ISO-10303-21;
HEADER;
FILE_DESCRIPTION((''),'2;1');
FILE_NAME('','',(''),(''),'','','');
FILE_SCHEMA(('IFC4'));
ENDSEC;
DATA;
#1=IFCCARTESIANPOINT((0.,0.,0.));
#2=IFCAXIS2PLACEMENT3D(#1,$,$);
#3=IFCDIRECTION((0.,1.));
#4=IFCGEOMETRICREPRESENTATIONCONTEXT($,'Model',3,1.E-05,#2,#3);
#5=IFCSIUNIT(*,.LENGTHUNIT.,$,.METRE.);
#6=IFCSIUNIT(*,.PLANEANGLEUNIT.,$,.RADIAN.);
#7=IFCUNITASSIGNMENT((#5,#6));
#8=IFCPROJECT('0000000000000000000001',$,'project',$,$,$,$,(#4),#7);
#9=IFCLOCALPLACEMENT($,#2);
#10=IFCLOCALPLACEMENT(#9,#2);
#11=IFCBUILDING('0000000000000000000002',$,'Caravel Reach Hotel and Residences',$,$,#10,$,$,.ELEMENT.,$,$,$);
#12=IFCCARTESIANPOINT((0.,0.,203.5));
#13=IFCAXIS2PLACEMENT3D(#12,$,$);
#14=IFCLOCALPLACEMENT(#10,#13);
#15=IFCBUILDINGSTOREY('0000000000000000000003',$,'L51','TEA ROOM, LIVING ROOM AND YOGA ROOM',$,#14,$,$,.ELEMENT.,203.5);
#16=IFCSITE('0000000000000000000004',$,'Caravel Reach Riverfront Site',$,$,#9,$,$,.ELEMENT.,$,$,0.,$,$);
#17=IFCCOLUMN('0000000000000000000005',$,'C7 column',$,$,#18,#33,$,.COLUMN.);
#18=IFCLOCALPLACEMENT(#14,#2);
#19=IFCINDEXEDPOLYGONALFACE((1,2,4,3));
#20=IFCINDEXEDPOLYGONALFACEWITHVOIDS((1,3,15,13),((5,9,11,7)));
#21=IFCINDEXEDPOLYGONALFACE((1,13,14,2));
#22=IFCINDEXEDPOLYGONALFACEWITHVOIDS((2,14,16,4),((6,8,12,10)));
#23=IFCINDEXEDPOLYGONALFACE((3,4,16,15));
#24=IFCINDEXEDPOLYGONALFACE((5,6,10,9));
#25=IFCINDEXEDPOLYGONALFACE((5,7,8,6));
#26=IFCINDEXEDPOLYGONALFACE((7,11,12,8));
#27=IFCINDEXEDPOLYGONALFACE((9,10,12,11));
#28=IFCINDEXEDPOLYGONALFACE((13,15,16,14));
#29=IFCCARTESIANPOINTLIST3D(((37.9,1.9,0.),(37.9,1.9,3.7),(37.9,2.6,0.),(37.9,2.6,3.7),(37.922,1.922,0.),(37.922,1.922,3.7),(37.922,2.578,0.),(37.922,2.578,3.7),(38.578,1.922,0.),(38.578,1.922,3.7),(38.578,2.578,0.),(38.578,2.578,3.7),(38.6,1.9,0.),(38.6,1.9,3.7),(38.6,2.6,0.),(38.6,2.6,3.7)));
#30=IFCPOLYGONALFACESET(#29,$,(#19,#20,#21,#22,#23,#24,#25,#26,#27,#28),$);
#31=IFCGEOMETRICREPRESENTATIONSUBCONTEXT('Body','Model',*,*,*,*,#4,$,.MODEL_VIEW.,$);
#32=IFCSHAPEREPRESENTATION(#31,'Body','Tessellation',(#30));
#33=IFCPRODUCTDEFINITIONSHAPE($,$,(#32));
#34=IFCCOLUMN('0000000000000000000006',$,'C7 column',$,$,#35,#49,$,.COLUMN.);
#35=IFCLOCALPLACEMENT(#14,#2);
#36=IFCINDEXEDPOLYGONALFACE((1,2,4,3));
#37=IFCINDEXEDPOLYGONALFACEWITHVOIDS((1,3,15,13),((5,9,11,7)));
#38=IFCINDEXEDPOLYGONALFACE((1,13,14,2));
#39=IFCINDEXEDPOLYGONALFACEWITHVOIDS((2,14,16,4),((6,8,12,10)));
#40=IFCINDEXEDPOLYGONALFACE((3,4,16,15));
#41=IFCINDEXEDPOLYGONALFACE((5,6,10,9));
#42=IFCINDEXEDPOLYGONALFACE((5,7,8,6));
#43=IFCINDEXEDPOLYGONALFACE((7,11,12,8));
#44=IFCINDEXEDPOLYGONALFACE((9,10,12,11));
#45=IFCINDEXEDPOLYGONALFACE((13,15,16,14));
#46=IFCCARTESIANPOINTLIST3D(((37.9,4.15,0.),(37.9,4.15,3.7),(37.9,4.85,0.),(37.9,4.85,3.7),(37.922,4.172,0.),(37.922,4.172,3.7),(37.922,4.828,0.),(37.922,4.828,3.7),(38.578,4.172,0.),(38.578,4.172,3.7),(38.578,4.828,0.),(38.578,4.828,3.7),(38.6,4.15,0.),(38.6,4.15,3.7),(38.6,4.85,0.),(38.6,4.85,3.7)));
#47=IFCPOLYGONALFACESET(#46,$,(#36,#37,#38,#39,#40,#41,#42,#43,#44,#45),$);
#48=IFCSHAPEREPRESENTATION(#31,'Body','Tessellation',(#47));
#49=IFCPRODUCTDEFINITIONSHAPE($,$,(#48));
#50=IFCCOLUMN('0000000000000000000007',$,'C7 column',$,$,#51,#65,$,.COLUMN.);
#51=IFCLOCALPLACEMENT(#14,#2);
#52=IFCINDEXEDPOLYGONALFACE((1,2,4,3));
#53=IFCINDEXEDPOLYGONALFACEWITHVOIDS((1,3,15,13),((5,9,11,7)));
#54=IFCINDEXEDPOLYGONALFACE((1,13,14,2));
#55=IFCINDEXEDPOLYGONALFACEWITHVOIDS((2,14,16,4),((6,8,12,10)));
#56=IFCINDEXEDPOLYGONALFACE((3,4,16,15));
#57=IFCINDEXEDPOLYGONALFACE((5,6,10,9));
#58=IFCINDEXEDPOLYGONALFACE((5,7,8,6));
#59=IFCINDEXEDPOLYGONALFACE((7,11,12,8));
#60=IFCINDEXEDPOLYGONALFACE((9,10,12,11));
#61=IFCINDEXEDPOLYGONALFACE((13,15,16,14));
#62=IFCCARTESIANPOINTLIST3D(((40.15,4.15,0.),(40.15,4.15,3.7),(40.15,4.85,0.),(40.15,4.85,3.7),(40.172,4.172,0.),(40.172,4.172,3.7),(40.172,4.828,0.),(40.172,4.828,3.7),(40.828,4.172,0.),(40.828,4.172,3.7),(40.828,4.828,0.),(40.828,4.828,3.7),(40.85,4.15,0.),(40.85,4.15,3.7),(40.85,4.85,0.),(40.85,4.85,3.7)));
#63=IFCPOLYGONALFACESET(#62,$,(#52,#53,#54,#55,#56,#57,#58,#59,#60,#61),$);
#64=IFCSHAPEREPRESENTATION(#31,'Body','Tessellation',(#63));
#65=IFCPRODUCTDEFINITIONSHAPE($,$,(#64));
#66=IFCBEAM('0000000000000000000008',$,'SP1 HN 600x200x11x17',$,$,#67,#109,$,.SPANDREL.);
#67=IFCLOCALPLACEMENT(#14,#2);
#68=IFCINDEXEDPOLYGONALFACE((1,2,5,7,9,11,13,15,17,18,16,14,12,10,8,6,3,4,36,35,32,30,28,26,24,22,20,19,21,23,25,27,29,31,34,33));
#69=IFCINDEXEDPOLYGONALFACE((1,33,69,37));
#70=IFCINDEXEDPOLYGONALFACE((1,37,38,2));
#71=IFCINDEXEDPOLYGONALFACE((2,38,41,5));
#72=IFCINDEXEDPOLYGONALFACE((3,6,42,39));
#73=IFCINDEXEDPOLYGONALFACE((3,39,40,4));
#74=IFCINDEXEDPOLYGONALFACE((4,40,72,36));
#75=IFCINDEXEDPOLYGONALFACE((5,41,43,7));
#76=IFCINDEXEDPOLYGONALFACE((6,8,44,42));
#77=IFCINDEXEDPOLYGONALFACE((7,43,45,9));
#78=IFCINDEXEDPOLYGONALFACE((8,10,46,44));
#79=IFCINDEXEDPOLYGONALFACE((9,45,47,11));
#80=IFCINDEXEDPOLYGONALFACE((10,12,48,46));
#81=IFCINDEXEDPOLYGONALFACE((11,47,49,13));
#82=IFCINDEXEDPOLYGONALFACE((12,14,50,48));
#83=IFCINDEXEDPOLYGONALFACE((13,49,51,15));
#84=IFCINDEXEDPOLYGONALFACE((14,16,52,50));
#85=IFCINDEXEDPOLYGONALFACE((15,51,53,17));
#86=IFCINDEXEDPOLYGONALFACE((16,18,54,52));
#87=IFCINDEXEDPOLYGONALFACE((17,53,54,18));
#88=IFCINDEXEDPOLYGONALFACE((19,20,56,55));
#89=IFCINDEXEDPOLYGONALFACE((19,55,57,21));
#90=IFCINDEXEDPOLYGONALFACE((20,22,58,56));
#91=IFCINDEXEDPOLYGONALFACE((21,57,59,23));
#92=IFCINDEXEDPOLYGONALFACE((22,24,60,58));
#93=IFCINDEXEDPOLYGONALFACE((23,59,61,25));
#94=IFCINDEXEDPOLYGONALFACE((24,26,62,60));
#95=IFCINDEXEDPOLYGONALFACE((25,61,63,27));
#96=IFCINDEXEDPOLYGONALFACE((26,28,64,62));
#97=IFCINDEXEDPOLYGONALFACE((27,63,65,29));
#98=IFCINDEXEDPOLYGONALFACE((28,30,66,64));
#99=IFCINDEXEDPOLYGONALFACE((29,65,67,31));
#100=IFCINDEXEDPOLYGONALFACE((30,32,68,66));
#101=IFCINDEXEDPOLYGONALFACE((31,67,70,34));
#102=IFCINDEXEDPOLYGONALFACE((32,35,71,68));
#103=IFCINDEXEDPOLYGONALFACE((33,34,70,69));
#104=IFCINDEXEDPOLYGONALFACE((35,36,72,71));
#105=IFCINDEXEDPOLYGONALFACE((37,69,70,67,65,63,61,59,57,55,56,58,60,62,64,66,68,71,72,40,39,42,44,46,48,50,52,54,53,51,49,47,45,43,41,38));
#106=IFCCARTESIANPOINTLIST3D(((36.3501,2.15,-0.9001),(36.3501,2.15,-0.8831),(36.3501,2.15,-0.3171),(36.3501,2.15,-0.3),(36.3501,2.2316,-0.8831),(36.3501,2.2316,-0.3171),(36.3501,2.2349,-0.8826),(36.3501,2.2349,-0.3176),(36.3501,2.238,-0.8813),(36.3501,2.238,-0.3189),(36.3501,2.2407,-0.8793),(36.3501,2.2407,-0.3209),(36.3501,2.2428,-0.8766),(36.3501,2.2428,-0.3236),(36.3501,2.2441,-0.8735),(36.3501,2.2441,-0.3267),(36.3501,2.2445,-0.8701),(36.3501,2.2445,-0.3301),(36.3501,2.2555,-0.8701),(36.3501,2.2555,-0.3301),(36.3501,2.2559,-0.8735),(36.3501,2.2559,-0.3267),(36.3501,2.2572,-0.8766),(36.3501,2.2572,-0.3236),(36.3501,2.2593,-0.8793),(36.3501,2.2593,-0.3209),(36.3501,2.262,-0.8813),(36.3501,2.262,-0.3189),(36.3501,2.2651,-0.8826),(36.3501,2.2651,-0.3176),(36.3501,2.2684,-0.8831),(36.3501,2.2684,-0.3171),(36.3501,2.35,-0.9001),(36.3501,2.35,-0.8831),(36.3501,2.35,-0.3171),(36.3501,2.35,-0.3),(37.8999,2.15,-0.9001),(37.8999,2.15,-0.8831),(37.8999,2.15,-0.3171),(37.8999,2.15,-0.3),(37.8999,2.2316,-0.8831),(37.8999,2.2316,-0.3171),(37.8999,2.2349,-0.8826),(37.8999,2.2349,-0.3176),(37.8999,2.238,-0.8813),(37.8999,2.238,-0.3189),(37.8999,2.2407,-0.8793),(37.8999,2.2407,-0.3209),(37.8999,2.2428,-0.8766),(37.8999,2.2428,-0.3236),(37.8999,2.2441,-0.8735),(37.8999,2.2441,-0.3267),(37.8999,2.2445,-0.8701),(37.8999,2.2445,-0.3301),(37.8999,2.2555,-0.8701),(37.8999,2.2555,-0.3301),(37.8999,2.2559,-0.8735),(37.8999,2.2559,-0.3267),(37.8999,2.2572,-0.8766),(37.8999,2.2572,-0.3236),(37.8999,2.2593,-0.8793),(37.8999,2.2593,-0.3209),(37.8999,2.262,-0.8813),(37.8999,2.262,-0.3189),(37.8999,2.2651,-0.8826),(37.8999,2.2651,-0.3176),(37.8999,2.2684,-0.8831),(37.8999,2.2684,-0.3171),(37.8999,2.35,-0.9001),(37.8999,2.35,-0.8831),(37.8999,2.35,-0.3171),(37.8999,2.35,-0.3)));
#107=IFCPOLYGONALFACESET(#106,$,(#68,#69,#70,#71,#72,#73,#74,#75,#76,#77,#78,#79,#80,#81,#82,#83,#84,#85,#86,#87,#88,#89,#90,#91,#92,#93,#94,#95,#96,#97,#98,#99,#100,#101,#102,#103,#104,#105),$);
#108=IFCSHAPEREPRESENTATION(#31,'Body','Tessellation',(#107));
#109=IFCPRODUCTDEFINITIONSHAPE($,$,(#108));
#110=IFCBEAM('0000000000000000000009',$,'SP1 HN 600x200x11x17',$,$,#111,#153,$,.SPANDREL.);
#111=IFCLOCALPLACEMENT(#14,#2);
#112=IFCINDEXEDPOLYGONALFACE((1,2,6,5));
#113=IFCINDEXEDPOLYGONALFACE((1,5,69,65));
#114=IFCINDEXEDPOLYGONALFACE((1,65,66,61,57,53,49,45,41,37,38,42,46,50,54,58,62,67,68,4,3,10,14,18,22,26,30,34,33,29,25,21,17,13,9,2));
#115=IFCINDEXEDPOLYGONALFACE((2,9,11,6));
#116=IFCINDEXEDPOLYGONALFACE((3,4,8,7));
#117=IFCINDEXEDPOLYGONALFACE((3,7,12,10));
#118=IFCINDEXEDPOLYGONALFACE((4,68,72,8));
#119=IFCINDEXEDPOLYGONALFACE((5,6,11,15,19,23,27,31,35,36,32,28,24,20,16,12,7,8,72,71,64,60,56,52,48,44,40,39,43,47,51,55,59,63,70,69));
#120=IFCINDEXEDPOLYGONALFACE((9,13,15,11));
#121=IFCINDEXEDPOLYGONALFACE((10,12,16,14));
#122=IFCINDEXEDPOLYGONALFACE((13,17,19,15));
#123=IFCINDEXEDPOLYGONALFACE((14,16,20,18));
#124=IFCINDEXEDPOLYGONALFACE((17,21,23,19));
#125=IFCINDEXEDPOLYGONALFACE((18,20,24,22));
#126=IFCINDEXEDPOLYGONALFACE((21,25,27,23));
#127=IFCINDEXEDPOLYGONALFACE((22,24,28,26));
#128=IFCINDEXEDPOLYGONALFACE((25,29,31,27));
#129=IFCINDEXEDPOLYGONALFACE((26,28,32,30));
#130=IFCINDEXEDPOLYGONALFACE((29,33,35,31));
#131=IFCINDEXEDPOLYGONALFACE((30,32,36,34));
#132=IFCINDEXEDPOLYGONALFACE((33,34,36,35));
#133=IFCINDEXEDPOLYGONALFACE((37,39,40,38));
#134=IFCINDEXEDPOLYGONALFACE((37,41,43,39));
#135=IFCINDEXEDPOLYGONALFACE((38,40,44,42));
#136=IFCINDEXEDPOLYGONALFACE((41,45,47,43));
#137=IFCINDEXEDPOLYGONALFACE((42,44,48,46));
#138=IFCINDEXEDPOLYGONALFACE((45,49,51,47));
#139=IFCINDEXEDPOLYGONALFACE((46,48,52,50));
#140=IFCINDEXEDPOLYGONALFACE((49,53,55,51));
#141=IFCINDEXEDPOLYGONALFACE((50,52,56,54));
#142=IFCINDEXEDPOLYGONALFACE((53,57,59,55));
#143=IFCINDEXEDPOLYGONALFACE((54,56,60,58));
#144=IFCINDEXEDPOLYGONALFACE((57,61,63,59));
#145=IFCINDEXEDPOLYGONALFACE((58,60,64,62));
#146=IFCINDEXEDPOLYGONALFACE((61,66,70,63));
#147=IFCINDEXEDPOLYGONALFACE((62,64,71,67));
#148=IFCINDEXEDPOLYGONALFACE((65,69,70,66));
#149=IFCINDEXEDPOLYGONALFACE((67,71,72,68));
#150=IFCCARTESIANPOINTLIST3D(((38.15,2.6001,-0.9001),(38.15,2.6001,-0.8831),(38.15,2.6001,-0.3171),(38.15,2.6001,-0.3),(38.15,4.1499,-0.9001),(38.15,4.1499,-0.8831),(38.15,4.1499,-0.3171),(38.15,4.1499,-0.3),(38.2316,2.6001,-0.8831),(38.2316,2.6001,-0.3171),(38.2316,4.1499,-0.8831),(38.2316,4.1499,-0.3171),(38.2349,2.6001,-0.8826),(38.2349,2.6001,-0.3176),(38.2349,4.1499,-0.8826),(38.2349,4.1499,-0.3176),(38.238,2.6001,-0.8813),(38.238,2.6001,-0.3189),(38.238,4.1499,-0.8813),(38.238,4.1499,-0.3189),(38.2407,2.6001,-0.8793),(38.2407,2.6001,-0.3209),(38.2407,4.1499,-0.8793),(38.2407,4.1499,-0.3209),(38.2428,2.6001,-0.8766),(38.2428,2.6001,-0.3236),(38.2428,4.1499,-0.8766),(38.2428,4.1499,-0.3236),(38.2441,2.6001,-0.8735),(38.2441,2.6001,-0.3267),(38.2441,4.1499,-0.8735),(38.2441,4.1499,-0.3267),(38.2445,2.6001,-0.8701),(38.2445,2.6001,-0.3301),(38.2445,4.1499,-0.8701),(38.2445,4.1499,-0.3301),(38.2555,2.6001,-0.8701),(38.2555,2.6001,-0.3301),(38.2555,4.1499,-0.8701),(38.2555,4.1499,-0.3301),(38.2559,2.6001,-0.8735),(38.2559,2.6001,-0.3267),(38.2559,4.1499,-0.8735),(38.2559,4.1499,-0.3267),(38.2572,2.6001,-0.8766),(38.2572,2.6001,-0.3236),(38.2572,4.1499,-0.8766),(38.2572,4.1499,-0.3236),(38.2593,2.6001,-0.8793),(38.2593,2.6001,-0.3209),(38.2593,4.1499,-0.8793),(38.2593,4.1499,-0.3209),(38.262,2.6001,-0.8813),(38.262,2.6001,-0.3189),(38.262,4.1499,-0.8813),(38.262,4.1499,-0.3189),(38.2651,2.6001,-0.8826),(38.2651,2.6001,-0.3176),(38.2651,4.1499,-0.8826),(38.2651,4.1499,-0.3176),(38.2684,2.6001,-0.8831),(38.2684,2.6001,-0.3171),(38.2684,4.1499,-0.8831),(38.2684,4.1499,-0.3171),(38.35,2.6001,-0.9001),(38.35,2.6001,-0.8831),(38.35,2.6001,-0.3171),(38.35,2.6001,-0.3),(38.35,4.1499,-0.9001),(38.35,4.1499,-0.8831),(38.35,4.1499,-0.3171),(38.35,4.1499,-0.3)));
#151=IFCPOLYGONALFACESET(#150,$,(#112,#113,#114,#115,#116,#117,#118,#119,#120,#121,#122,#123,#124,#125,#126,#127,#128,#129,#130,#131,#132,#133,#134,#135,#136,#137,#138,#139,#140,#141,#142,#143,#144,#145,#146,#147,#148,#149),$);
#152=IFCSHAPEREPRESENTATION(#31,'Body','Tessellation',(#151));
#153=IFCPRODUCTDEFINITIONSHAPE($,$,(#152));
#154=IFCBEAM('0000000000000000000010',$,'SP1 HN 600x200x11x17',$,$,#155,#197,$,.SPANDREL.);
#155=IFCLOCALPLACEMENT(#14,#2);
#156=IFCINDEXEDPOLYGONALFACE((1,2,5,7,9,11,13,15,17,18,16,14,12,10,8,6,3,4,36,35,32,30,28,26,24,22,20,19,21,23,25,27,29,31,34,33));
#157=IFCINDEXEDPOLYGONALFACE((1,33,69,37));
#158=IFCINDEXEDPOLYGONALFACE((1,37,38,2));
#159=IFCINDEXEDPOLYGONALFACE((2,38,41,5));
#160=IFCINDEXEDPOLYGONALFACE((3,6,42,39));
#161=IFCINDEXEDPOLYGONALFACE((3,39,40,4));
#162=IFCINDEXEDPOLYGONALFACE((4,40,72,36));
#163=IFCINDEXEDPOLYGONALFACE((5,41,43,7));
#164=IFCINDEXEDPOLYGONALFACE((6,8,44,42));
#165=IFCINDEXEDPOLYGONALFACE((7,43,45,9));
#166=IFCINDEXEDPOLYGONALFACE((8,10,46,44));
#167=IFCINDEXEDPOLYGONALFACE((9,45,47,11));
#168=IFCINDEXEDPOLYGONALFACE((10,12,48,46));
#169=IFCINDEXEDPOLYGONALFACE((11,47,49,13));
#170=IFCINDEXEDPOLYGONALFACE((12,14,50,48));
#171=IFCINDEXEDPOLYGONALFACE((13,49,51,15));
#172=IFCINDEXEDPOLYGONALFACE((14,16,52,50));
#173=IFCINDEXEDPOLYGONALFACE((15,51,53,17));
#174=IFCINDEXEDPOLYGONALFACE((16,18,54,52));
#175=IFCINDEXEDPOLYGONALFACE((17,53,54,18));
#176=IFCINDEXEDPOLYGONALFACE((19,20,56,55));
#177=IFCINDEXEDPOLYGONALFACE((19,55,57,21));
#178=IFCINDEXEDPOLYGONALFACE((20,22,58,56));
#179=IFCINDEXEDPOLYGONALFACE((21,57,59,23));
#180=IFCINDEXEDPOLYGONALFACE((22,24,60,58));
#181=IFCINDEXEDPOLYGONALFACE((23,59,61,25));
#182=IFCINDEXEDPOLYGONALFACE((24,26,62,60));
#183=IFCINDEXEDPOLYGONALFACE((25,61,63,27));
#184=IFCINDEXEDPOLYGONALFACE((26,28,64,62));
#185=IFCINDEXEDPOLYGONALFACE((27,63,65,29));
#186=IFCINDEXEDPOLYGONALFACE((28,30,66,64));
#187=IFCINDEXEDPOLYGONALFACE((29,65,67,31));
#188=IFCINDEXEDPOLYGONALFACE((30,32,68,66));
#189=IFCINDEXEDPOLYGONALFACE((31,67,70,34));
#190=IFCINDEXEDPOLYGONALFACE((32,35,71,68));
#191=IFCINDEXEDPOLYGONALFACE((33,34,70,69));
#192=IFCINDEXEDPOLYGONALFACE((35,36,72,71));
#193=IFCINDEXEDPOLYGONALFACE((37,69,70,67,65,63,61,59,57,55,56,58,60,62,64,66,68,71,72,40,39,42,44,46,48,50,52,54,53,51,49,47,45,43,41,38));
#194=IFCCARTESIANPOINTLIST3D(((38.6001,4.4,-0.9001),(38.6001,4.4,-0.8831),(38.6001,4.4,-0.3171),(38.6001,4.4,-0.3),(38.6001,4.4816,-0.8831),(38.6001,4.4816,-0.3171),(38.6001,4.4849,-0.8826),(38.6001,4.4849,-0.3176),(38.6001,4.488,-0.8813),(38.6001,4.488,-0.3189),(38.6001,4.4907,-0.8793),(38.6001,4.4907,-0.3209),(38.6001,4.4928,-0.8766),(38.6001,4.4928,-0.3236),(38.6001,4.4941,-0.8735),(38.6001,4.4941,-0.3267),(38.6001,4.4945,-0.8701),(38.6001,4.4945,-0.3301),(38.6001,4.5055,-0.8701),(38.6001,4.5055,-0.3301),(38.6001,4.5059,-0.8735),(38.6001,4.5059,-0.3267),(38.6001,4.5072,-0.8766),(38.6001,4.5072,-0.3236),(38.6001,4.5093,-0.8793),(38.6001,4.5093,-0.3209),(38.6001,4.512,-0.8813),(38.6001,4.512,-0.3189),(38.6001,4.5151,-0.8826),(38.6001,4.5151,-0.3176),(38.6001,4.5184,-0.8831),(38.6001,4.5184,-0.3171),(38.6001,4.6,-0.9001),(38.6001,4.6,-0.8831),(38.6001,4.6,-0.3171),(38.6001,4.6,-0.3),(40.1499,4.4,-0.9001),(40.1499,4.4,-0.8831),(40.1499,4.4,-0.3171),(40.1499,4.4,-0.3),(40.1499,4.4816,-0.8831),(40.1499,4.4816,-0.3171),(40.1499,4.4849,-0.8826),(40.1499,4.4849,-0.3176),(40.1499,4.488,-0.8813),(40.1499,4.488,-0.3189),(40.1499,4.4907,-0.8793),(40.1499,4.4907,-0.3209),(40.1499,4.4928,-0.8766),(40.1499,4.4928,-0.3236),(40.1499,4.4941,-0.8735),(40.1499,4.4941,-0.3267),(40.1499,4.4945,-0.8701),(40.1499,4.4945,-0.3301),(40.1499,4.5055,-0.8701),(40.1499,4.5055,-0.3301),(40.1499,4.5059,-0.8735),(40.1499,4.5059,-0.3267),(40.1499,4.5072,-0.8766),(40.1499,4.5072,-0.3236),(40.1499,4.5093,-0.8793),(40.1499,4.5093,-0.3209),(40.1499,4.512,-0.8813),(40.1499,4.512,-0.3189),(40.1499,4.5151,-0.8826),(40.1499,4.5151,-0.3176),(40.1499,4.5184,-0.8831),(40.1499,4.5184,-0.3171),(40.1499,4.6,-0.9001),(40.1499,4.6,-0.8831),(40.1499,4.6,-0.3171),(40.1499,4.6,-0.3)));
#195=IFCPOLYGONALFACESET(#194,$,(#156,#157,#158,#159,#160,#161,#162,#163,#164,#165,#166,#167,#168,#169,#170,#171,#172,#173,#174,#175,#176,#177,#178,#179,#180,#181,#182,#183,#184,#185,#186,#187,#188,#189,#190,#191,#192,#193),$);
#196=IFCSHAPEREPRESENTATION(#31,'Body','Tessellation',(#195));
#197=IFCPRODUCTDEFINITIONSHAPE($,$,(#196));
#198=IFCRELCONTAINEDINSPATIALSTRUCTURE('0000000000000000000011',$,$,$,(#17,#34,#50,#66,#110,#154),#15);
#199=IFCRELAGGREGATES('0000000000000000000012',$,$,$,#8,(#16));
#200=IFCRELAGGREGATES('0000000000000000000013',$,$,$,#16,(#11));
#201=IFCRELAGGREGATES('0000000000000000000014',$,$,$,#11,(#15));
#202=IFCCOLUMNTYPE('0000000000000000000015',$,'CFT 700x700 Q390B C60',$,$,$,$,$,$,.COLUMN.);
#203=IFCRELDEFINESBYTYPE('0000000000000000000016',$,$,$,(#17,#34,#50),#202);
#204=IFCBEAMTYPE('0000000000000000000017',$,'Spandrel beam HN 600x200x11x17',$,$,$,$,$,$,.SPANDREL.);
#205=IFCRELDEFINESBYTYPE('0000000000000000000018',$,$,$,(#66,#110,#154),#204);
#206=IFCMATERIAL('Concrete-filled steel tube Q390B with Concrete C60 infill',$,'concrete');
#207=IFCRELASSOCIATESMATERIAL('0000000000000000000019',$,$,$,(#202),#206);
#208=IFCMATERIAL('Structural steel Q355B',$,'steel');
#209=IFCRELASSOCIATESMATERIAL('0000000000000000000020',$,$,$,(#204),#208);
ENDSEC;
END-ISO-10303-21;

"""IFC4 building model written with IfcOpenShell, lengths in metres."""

from ifc_helpers import new_model, si_unit, direction, frame, origin, origin_2d, place, context, subcontext, project, spatial, hollow_rectangle, i_section, extrude, material, material_profile, profile_set, type_object, element, save


model = new_model("IFC4")

# Units and contexts
model_context = context("Model", 3, precision=1e-05, world=origin(), true_north=direction((0.0, 1.0)))
body_context = subcontext(model_context, "Body", "Model", "MODEL_VIEW")
ifc_project = project(units=[si_unit("LENGTHUNIT", "METRE"), si_unit("PLANEANGLEUNIT", "RADIAN")], contexts=[model_context])

# Site, building, storey
site_placement = place(None, origin())
site = spatial("IfcSite", under=ifc_project, at=site_placement, Name="Caravel Reach Riverfront Site", CompositionType="ELEMENT", RefElevation=0.0)
building_placement = place(site_placement, origin())
building = spatial("IfcBuilding", under=site, at=building_placement, Name="Caravel Reach Hotel and Residences", CompositionType="ELEMENT")
storey_placement = place(building_placement, frame((0.0, 0.0, 203.5)))
storey = spatial("IfcBuildingStorey", under=building, at=storey_placement, Name="L51", Description="TEA ROOM, LIVING ROOM AND YOGA ROOM", CompositionType="ELEMENT", Elevation=203.5)

# Columns
ifc_material_1 = material(Name="Concrete-filled steel tube Q390B with Concrete C60 infill", Category="concrete")
ifc_material_profile_1 = material_profile(ifc_material_1, hollow_rectangle(XDim=0.7, YDim=0.7, WallThickness=0.022, at=origin_2d()), Name="RHS 700x700x22")
ifc_profile_set_1 = profile_set([ifc_material_profile_1], Name="Concrete-filled steel tube Q390B with Concrete C60 infill")
column_type = type_object("IfcColumnType", Name="CFT 700x700 Q390B C60", PredefinedType="COLUMN", material=ifc_profile_set_1)
for number, where, z_axis, x_axis, name in (
    (1, (38.25, 2.25, 0.0), (0.0, 0.0, 1.0), (1.0, 0.0, 0.0), "C7 column"),
    (2, (38.25, 4.5, 0.0), (0.0, 0.0, 1.0), (1.0, 0.0, 0.0), "C7 column"),
    (3, (40.5, 4.5, 0.0), (0.0, 0.0, 1.0), (1.0, 0.0, 0.0), "C7 column"),
):
    element("IfcColumn", number, at=place(storey_placement, frame(where, z_axis=z_axis, x_axis=x_axis)), inside=storey, type_object=column_type, Name=name, PredefinedType="COLUMN", context=body_context, shape_type="SweptSolid", body=[
        extrude(hollow_rectangle(XDim=0.7, YDim=0.7, WallThickness=0.022, at=origin_2d()), origin(), (0.0, 0.0, 1.0), 3.7),
    ])

# Beams
ifc_material_2 = material(Name="Structural steel Q355B", Category="steel")
ifc_material_profile_2 = material_profile(ifc_material_2, i_section(OverallWidth=0.2, OverallDepth=0.6001, WebThickness=0.011, FlangeThickness=0.0171, FilletRadius=0.0129, at=origin_2d()), Name="HN 600x200x11x17")
ifc_profile_set_2 = profile_set([ifc_material_profile_2], Name="Structural steel Q355B")
beam_type = type_object("IfcBeamType", Name="Spandrel beam HN 600x200x11x17", PredefinedType="SPANDREL", material=ifc_profile_set_2)
for number, where, z_axis, x_axis, name in (
    (4, (36.3501, 2.25, -0.6001), (1.0, 0.0, 0.0), (0.0, 1.0, 0.0), "SP1 HN 600x200x11x17"),
    (5, (38.25, 2.6001, -0.6001), (0.0, 1.0, 0.0), (-1.0, 0.0, 0.0), "SP1 HN 600x200x11x17"),
    (6, (38.6001, 4.5, -0.6001), (1.0, 0.0, 0.0), (0.0, 1.0, 0.0), "SP1 HN 600x200x11x17"),
):
    element("IfcBeam", number, at=place(storey_placement, frame(where, z_axis=z_axis, x_axis=x_axis)), inside=storey, type_object=beam_type, Name=name, PredefinedType="SPANDREL", context=body_context, shape_type="SweptSolid", body=[
        extrude(i_section(OverallWidth=0.2, OverallDepth=0.6001, WebThickness=0.011, FlangeThickness=0.0171, FilletRadius=0.0129, at=origin_2d()), origin(), (0.0, 0.0, 1.0), 1.5498),
    ])

save(model, "model.ifc")
